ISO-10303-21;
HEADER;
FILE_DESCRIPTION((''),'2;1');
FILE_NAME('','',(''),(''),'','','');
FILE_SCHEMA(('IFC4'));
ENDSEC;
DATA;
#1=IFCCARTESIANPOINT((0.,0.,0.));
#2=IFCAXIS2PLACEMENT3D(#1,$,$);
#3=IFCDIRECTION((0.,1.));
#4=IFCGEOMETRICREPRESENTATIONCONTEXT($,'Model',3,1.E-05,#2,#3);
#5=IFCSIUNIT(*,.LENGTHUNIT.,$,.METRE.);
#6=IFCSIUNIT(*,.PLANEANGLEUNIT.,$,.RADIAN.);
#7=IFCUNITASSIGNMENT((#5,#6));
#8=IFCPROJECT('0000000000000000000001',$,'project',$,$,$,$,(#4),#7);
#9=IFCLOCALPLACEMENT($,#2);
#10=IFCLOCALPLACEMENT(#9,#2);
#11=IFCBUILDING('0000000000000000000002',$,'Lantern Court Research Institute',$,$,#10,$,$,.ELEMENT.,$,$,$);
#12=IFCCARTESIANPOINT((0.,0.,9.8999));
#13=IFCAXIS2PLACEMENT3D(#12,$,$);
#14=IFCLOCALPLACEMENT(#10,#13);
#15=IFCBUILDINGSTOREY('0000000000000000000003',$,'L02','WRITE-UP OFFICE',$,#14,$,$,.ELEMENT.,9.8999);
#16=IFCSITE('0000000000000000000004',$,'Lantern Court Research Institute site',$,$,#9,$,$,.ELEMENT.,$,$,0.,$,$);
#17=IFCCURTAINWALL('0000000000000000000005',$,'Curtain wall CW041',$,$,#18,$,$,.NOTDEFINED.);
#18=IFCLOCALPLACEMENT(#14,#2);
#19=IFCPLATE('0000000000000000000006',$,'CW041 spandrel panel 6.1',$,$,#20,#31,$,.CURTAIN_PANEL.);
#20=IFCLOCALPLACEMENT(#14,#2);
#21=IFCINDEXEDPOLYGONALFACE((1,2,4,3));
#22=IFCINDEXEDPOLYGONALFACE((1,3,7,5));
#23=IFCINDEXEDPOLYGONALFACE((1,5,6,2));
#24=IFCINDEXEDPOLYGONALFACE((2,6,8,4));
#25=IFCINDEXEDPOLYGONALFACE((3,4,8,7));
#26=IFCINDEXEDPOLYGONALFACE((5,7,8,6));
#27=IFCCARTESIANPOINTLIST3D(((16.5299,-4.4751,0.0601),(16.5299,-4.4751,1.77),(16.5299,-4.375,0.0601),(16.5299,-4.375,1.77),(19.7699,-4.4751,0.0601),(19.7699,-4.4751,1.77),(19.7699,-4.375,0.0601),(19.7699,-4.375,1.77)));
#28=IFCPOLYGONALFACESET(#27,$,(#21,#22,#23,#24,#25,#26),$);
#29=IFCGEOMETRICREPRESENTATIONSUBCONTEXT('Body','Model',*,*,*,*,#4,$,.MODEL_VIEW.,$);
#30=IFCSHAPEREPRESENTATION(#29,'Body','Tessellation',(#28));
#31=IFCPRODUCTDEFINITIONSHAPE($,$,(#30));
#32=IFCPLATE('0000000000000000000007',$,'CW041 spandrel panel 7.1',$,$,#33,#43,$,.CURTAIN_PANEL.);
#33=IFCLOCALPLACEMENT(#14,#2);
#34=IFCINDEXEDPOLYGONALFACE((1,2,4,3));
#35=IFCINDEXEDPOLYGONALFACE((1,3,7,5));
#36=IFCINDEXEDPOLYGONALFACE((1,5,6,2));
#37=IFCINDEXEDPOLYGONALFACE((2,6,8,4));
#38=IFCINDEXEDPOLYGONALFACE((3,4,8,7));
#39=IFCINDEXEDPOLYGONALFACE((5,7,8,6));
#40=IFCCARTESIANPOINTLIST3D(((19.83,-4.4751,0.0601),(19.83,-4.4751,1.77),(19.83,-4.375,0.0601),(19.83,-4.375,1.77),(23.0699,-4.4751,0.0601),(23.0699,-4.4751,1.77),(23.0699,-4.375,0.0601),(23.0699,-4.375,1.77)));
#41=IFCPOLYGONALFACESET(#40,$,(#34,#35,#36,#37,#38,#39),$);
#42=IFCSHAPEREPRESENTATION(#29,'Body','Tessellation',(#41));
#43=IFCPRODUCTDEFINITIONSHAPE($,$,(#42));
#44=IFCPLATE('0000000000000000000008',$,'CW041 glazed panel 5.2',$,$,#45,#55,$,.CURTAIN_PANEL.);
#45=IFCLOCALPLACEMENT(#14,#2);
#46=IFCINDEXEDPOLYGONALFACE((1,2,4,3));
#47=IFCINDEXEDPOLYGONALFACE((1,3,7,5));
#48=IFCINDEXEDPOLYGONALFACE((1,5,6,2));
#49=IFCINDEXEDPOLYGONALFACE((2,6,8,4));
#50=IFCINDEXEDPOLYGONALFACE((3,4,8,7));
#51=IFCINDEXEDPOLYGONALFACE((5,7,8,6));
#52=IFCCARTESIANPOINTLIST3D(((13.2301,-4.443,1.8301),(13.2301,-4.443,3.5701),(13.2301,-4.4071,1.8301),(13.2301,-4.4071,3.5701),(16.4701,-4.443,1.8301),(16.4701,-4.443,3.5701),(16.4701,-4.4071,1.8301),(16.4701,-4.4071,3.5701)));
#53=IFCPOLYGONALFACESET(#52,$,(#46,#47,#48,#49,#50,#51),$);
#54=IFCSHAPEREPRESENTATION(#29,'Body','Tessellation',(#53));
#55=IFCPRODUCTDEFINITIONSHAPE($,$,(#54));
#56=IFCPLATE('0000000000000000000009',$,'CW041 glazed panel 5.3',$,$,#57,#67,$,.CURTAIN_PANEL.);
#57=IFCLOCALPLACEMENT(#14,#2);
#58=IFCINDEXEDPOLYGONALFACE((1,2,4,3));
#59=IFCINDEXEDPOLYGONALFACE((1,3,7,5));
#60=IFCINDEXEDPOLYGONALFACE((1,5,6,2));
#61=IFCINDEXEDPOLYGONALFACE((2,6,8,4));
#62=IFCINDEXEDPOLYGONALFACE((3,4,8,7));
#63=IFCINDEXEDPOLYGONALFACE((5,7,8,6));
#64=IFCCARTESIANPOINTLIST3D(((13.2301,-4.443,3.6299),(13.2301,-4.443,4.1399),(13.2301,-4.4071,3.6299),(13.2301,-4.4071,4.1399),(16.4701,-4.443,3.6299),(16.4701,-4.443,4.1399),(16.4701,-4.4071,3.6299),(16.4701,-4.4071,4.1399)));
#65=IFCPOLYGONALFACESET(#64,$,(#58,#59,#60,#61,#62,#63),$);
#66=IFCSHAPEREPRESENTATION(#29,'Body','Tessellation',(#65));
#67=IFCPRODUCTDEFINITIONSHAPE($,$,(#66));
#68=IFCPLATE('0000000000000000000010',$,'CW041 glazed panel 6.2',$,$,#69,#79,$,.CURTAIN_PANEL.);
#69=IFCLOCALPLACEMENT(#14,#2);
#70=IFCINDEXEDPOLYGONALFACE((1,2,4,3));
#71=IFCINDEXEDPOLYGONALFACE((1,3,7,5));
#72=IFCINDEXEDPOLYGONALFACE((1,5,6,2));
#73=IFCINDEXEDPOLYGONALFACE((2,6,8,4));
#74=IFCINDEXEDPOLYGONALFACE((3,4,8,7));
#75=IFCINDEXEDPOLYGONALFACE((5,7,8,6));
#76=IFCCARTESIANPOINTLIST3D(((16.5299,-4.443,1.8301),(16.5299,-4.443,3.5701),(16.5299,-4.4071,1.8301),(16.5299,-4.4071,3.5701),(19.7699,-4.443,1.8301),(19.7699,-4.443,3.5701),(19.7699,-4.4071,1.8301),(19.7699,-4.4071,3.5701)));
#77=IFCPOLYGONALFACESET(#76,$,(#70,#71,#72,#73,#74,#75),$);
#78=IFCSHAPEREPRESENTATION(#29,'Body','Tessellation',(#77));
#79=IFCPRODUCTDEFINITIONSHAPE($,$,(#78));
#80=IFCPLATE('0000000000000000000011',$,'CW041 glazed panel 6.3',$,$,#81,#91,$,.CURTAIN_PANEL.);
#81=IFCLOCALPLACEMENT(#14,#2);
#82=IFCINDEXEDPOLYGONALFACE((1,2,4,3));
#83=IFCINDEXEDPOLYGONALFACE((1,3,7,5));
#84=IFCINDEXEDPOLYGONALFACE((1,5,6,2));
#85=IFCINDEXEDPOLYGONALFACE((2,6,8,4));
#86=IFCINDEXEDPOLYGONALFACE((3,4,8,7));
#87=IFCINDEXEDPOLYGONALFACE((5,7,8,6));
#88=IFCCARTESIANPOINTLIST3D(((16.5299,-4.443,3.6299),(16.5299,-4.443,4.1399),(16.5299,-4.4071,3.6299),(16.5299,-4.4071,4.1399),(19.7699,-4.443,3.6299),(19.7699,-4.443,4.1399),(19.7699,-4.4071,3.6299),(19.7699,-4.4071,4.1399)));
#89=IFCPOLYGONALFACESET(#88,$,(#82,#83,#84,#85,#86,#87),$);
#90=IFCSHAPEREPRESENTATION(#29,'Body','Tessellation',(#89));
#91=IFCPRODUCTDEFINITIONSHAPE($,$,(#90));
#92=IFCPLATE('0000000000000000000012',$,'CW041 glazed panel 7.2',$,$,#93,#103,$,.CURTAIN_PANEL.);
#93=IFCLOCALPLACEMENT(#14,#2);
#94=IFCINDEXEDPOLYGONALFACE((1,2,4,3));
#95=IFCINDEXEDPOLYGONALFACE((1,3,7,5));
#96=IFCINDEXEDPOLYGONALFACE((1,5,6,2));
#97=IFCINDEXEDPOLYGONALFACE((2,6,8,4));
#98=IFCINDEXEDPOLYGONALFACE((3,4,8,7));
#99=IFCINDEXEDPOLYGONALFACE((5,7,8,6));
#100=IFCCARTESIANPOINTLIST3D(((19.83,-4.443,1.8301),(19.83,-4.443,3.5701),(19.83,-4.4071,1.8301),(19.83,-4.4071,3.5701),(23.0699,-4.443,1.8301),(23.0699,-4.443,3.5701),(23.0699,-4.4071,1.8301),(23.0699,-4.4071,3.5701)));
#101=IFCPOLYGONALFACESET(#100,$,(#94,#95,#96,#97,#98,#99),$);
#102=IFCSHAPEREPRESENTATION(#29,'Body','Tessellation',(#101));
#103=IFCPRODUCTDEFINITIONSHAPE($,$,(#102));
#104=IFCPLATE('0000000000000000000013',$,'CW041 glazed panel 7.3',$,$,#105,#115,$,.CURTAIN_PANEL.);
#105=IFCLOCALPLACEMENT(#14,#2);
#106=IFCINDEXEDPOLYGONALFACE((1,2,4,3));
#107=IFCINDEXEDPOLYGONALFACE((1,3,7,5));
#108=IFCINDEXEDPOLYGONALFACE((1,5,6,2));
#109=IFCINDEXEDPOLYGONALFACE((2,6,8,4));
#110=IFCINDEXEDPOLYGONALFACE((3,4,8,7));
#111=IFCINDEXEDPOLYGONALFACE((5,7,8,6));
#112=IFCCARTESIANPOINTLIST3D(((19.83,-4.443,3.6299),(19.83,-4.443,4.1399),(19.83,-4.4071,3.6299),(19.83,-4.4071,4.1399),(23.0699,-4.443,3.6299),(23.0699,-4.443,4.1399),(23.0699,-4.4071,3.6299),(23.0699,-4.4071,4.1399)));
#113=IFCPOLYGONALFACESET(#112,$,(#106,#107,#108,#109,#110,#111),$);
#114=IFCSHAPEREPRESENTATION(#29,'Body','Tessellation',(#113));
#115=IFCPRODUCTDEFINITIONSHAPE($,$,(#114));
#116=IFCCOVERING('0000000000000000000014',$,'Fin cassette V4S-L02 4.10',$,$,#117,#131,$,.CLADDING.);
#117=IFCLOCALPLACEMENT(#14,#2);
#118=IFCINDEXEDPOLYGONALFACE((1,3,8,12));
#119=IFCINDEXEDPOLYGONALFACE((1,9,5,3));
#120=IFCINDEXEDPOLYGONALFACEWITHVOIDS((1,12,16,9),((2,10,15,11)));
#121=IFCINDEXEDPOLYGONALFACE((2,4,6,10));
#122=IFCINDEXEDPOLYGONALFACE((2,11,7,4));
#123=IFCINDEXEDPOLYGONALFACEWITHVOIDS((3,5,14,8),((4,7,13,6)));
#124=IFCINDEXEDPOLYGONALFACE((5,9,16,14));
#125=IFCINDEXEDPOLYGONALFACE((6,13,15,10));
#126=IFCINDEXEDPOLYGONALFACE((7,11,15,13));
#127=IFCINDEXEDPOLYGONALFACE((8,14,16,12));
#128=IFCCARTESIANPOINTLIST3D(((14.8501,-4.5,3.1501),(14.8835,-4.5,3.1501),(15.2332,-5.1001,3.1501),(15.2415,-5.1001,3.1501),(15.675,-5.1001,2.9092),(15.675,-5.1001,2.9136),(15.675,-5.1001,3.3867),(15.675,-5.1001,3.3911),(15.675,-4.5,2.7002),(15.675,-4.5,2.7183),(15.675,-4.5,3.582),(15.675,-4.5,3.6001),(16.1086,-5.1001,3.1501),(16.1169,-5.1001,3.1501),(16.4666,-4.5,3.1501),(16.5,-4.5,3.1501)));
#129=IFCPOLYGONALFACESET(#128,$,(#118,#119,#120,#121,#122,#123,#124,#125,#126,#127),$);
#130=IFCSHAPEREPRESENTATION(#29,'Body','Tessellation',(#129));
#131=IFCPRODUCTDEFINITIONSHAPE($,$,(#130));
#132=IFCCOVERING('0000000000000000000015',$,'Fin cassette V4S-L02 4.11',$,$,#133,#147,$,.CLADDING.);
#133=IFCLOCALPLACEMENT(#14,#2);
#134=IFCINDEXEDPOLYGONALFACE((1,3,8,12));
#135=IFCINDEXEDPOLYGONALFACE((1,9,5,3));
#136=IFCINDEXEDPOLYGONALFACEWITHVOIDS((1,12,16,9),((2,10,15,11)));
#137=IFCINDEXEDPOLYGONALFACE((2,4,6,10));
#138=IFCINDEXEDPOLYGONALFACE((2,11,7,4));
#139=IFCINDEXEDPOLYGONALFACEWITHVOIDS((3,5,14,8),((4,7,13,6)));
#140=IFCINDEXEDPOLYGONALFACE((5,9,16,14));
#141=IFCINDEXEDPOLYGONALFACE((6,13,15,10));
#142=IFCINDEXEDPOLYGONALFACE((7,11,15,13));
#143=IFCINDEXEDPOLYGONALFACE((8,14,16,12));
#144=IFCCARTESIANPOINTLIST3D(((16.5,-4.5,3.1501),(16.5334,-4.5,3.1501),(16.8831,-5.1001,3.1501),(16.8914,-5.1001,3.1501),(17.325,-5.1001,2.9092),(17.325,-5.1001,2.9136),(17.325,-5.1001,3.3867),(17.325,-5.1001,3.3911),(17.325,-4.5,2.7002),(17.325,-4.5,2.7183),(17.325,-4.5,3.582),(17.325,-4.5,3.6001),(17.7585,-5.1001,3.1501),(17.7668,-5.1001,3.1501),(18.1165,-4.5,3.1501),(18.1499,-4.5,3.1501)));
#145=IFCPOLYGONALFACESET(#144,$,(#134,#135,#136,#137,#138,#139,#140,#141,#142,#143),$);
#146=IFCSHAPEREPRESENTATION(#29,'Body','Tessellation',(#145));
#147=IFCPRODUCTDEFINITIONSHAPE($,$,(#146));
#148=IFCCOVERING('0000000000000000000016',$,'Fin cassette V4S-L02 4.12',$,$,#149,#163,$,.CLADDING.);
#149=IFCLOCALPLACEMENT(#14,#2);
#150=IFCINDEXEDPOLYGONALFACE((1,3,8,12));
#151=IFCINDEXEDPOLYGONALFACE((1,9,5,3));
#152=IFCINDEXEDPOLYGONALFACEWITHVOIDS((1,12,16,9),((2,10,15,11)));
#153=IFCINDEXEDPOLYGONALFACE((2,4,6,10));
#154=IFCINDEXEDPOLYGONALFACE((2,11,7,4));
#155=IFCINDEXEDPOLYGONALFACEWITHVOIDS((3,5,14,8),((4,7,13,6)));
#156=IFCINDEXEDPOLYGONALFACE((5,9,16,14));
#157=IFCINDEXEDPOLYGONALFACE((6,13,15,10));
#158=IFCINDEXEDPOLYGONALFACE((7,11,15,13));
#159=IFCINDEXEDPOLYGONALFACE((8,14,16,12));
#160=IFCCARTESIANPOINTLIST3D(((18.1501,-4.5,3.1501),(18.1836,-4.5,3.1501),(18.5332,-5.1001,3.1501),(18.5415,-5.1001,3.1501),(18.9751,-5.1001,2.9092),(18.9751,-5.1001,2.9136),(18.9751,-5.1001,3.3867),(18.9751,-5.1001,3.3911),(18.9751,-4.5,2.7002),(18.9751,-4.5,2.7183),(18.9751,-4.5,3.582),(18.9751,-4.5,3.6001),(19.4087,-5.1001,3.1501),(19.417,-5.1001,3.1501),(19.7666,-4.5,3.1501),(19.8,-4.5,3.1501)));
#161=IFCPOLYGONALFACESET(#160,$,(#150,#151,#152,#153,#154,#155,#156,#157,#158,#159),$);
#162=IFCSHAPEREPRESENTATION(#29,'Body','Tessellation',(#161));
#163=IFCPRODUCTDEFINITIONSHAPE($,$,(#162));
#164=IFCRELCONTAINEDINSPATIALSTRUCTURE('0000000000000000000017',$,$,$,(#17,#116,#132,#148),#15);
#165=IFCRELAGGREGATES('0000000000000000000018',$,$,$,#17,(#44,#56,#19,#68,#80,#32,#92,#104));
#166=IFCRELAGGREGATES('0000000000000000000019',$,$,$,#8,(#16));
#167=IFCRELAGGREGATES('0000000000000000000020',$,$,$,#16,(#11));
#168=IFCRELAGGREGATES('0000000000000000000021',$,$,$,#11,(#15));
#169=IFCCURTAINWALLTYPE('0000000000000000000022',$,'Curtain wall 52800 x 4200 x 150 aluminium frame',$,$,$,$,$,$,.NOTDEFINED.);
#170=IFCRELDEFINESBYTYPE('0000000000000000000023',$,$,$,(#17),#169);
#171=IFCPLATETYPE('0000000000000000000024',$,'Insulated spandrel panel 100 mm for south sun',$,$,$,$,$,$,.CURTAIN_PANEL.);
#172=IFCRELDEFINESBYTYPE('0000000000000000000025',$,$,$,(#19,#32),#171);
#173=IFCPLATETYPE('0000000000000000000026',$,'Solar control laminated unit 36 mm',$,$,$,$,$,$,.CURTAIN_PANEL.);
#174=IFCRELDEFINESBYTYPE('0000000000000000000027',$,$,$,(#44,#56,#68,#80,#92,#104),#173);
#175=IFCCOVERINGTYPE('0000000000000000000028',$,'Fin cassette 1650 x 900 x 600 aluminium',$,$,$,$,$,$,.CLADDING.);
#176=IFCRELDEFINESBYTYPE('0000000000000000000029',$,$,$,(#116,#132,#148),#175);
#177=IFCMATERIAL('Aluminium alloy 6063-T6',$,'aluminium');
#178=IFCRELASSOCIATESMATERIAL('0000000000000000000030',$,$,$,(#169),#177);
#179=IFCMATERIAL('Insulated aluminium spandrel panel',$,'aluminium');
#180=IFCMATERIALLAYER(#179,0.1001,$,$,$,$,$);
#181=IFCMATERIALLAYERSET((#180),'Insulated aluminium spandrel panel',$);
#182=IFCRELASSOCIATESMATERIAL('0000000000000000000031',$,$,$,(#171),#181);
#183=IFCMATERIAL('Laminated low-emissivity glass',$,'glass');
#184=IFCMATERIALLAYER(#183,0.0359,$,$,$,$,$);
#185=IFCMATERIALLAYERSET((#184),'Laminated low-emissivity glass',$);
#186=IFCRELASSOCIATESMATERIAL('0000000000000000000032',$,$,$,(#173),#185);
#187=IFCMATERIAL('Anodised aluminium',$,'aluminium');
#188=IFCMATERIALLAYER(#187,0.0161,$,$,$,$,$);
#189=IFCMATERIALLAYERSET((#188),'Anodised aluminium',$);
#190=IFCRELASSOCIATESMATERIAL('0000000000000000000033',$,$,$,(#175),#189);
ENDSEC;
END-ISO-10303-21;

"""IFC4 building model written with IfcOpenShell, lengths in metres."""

from ifc_helpers import new_model, entity, si_unit, direction, frame, origin, origin_2d, place, context, subcontext, project, spatial, rectangle, extrude, material, layer, layer_set, type_object, element, aggregate, save


model = new_model("IFC4")

# Units and contexts
model_context = context("Model", 3, precision=1e-05, world=origin(), true_north=direction((0.0, 1.0)))
body_context = subcontext(model_context, "Body", "Model", "MODEL_VIEW")
ifc_project = project(units=[si_unit("LENGTHUNIT", "METRE"), si_unit("PLANEANGLEUNIT", "RADIAN")], contexts=[model_context])

# Site, building, storey
site_placement = place(None, origin())
site = spatial("IfcSite", under=ifc_project, at=site_placement, Name="Lantern Court Research Institute site", CompositionType="ELEMENT", RefElevation=0.0)
building_placement = place(site_placement, origin())
building = spatial("IfcBuilding", under=site, at=building_placement, Name="Lantern Court Research Institute", CompositionType="ELEMENT")
storey_placement = place(building_placement, frame((0.0, 0.0, 9.8999)))
storey = spatial("IfcBuildingStorey", under=building, at=storey_placement, Name="L02", Description="WRITE-UP OFFICE", CompositionType="ELEMENT", Elevation=9.8999)

# Curtain wall, plates
ifc_material_1 = material(Name="Aluminium alloy 6063-T6", Category="aluminium")
curtain_wall_type = type_object("IfcCurtainWallType", Name="Curtain wall 52800 x 4200 x 150 aluminium frame", PredefinedType="NOTDEFINED", material=ifc_material_1)
curtain_wall_placement = place(storey_placement, origin())
curtain_wall = element("IfcCurtainWall", 1, at=curtain_wall_placement, inside=storey, type_object=curtain_wall_type, Name="Curtain wall CW041", PredefinedType="NOTDEFINED")
ifc_material_2 = material(Name="Insulated aluminium spandrel panel", Category="aluminium")
ifc_layer_1 = layer(ifc_material_2, 0.1001)
ifc_layer_set_1 = layer_set([ifc_layer_1], Name="Insulated aluminium spandrel panel")
plate_type_1 = type_object("IfcPlateType", Name="Insulated spandrel panel 100 mm for south sun", PredefinedType="CURTAIN_PANEL", material=ifc_layer_set_1)
plate_1_placement = place(storey_placement, frame((18.1499, -4.425, 0.0601), z_axis=(0.0, 0.0, 1.0), x_axis=(-1.0, 0.0, 0.0)))
plate_1 = element("IfcPlate", 2, at=plate_1_placement, type_object=plate_type_1, Name="CW041 spandrel panel 6.1", PredefinedType="CURTAIN_PANEL", context=body_context, shape_type="SweptSolid", body=[
    extrude(rectangle(XDim=3.24, YDim=0.1001, at=origin_2d()), origin(), (0.0, 0.0, 1.0), 1.71),
])
plate_2_placement = place(storey_placement, frame((21.45, -4.425, 0.0601), z_axis=(0.0, 0.0, 1.0), x_axis=(-1.0, 0.0, 0.0)))
plate_2 = element("IfcPlate", 3, at=plate_2_placement, type_object=plate_type_1, Name="CW041 spandrel panel 7.1", PredefinedType="CURTAIN_PANEL", context=body_context, shape_type="SweptSolid", body=[
    extrude(rectangle(XDim=3.24, YDim=0.1001, at=origin_2d()), origin(), (0.0, 0.0, 1.0), 1.71),
])
ifc_material_3 = material(Name="Laminated low-emissivity glass", Category="glass")
ifc_layer_2 = layer(ifc_material_3, 0.0359)
ifc_layer_set_2 = layer_set([ifc_layer_2], Name="Laminated low-emissivity glass")
plate_type_2 = type_object("IfcPlateType", Name="Solar control laminated unit 36 mm", PredefinedType="CURTAIN_PANEL", material=ifc_layer_set_2)
plate_3_placement = place(storey_placement, frame((14.8501, -4.425, 1.8301), z_axis=(0.0, 0.0, 1.0), x_axis=(-1.0, 0.0, 0.0)))
plate_3 = element("IfcPlate", 4, at=plate_3_placement, type_object=plate_type_2, Name="CW041 glazed panel 5.2", PredefinedType="CURTAIN_PANEL", context=body_context, shape_type="SweptSolid", body=[
    extrude(rectangle(XDim=3.24, YDim=0.0359, at=origin_2d()), origin(), (0.0, 0.0, 1.0), 1.74),
])
plate_4_placement = place(storey_placement, frame((14.8501, -4.425, 3.6299), z_axis=(0.0, 0.0, 1.0), x_axis=(-1.0, 0.0, 0.0)))
plate_4 = element("IfcPlate", 5, at=plate_4_placement, type_object=plate_type_2, Name="CW041 glazed panel 5.3", PredefinedType="CURTAIN_PANEL", context=body_context, shape_type="SweptSolid", body=[
    extrude(rectangle(XDim=3.24, YDim=0.0359, at=origin_2d()), origin(), (0.0, 0.0, 1.0), 0.51),
])
plate_5_placement = place(storey_placement, frame((18.1499, -4.425, 1.8301), z_axis=(0.0, 0.0, 1.0), x_axis=(-1.0, 0.0, 0.0)))
plate_5 = element("IfcPlate", 6, at=plate_5_placement, type_object=plate_type_2, Name="CW041 glazed panel 6.2", PredefinedType="CURTAIN_PANEL", context=body_context, shape_type="SweptSolid", body=[
    extrude(rectangle(XDim=3.24, YDim=0.0359, at=origin_2d()), origin(), (0.0, 0.0, 1.0), 1.74),
])
plate_6_placement = place(storey_placement, frame((18.1499, -4.425, 3.6299), z_axis=(0.0, 0.0, 1.0), x_axis=(-1.0, 0.0, 0.0)))
plate_6 = element("IfcPlate", 7, at=plate_6_placement, type_object=plate_type_2, Name="CW041 glazed panel 6.3", PredefinedType="CURTAIN_PANEL", context=body_context, shape_type="SweptSolid", body=[
    extrude(rectangle(XDim=3.24, YDim=0.0359, at=origin_2d()), origin(), (0.0, 0.0, 1.0), 0.51),
])
plate_7_placement = place(storey_placement, frame((21.45, -4.425, 1.8301), z_axis=(0.0, 0.0, 1.0), x_axis=(-1.0, 0.0, 0.0)))
plate_7 = element("IfcPlate", 8, at=plate_7_placement, type_object=plate_type_2, Name="CW041 glazed panel 7.2", PredefinedType="CURTAIN_PANEL", context=body_context, shape_type="SweptSolid", body=[
    extrude(rectangle(XDim=3.24, YDim=0.0359, at=origin_2d()), origin(), (0.0, 0.0, 1.0), 1.74),
])
plate_8_placement = place(storey_placement, frame((21.45, -4.425, 3.6299), z_axis=(0.0, 0.0, 1.0), x_axis=(-1.0, 0.0, 0.0)))
plate_8 = element("IfcPlate", 9, at=plate_8_placement, type_object=plate_type_2, Name="CW041 glazed panel 7.3", PredefinedType="CURTAIN_PANEL", context=body_context, shape_type="SweptSolid", body=[
    extrude(rectangle(XDim=3.24, YDim=0.0359, at=origin_2d()), origin(), (0.0, 0.0, 1.0), 0.51),
])
aggregate(curtain_wall, [plate_3, plate_4, plate_1, plate_5, plate_6, plate_2, plate_7, plate_8])

# Coverings
ifc_material_4 = material(Name="Anodised aluminium", Category="aluminium")
ifc_layer_3 = layer(ifc_material_4, 0.0161)
ifc_layer_set_3 = layer_set([ifc_layer_3], Name="Anodised aluminium")
covering_type = type_object("IfcCoveringType", Name="Fin cassette 1650 x 900 x 600 aluminium", PredefinedType="CLADDING", material=ifc_layer_set_3)
covering_1_placement = place(storey_placement, frame((15.675, -4.5, 3.1501), z_axis=(0.0, -1.0, 0.0), x_axis=(1.0, 0.0, 0.0)))
cartesian_point_1 = entity("IfcCartesianPoint", [0.825, 0.0])
cartesian_point_2 = entity("IfcCartesianPoint", [0.7915, 0.0])
cartesian_point_3 = entity("IfcCartesianPoint", [0.4419, 0.0])
cartesian_point_4 = entity("IfcCartesianPoint", [0.4336, 0.0])
element("IfcCovering", 10, at=covering_1_placement, inside=storey, type_object=covering_type, Name="Fin cassette V4S-L02 4.10", PredefinedType="CLADDING", context=body_context, shape_type="SweptSolid", body=[
    entity("IfcExtrudedAreaSolidTapered", entity("IfcArbitraryProfileDefWithVoids", "AREA", None, entity("IfcPolyline", [cartesian_point_1, entity("IfcCartesianPoint", [0.0, 0.45]), entity("IfcCartesianPoint", [-0.825, 0.0]), entity("IfcCartesianPoint", [0.0, -0.45]), cartesian_point_1]), [entity("IfcPolyline", [cartesian_point_2, entity("IfcCartesianPoint", [0.0, 0.4319]), entity("IfcCartesianPoint", [-0.7915, 0.0]), entity("IfcCartesianPoint", [0.0, -0.4319]), cartesian_point_2])]), entity("IfcAxis2Placement3D", entity("IfcCartesianPoint", [0.0, 0.0, 0.0])), entity("IfcDirection", [0.0, 0.0, 1.0]), 0.6001, entity("IfcArbitraryProfileDefWithVoids", "AREA", None, entity("IfcPolyline", [cartesian_point_3, entity("IfcCartesianPoint", [0.0, 0.241]), entity("IfcCartesianPoint", [-0.4419, 0.0]), entity("IfcCartesianPoint", [0.0, -0.241]), cartesian_point_3]), [entity("IfcPolyline", [cartesian_point_4, entity("IfcCartesianPoint", [0.0, 0.2366]), entity("IfcCartesianPoint", [-0.4336, 0.0]), entity("IfcCartesianPoint", [0.0, -0.2366]), cartesian_point_4])])),
])
covering_2_placement = place(storey_placement, frame((17.325, -4.5, 3.1501), z_axis=(0.0, -1.0, 0.0), x_axis=(1.0, 0.0, 0.0)))
cartesian_point_5 = entity("IfcCartesianPoint", [0.825, 0.0])
cartesian_point_6 = entity("IfcCartesianPoint", [0.7915, 0.0])
cartesian_point_7 = entity("IfcCartesianPoint", [0.4419, 0.0])
cartesian_point_8 = entity("IfcCartesianPoint", [0.4336, 0.0])
element("IfcCovering", 11, at=covering_2_placement, inside=storey, type_object=covering_type, Name="Fin cassette V4S-L02 4.11", PredefinedType="CLADDING", context=body_context, shape_type="SweptSolid", body=[
    entity("IfcExtrudedAreaSolidTapered", entity("IfcArbitraryProfileDefWithVoids", "AREA", None, entity("IfcPolyline", [cartesian_point_5, entity("IfcCartesianPoint", [0.0, 0.45]), entity("IfcCartesianPoint", [-0.825, 0.0]), entity("IfcCartesianPoint", [0.0, -0.45]), cartesian_point_5]), [entity("IfcPolyline", [cartesian_point_6, entity("IfcCartesianPoint", [0.0, 0.4319]), entity("IfcCartesianPoint", [-0.7915, 0.0]), entity("IfcCartesianPoint", [0.0, -0.4319]), cartesian_point_6])]), entity("IfcAxis2Placement3D", entity("IfcCartesianPoint", [0.0, 0.0, 0.0])), entity("IfcDirection", [0.0, 0.0, 1.0]), 0.6001, entity("IfcArbitraryProfileDefWithVoids", "AREA", None, entity("IfcPolyline", [cartesian_point_7, entity("IfcCartesianPoint", [0.0, 0.241]), entity("IfcCartesianPoint", [-0.4419, 0.0]), entity("IfcCartesianPoint", [0.0, -0.241]), cartesian_point_7]), [entity("IfcPolyline", [cartesian_point_8, entity("IfcCartesianPoint", [0.0, 0.2366]), entity("IfcCartesianPoint", [-0.4336, 0.0]), entity("IfcCartesianPoint", [0.0, -0.2366]), cartesian_point_8])])),
])
covering_3_placement = place(storey_placement, frame((18.9751, -4.5, 3.1501), z_axis=(0.0, -1.0, 0.0), x_axis=(1.0, 0.0, 0.0)))
cartesian_point_9 = entity("IfcCartesianPoint", [0.825, 0.0])
cartesian_point_10 = entity("IfcCartesianPoint", [0.7915, 0.0])
cartesian_point_11 = entity("IfcCartesianPoint", [0.4419, 0.0])
cartesian_point_12 = entity("IfcCartesianPoint", [0.4336, 0.0])
element("IfcCovering", 12, at=covering_3_placement, inside=storey, type_object=covering_type, Name="Fin cassette V4S-L02 4.12", PredefinedType="CLADDING", context=body_context, shape_type="SweptSolid", body=[
    entity("IfcExtrudedAreaSolidTapered", entity("IfcArbitraryProfileDefWithVoids", "AREA", None, entity("IfcPolyline", [cartesian_point_9, entity("IfcCartesianPoint", [0.0, 0.45]), entity("IfcCartesianPoint", [-0.825, 0.0]), entity("IfcCartesianPoint", [0.0, -0.45]), cartesian_point_9]), [entity("IfcPolyline", [cartesian_point_10, entity("IfcCartesianPoint", [0.0, 0.4319]), entity("IfcCartesianPoint", [-0.7915, 0.0]), entity("IfcCartesianPoint", [0.0, -0.4319]), cartesian_point_10])]), entity("IfcAxis2Placement3D", entity("IfcCartesianPoint", [0.0, 0.0, 0.0])), entity("IfcDirection", [0.0, 0.0, 1.0]), 0.6001, entity("IfcArbitraryProfileDefWithVoids", "AREA", None, entity("IfcPolyline", [cartesian_point_11, entity("IfcCartesianPoint", [0.0, 0.241]), entity("IfcCartesianPoint", [-0.4419, 0.0]), entity("IfcCartesianPoint", [0.0, -0.241]), cartesian_point_11]), [entity("IfcPolyline", [cartesian_point_12, entity("IfcCartesianPoint", [0.0, 0.2366]), entity("IfcCartesianPoint", [-0.4336, 0.0]), entity("IfcCartesianPoint", [0.0, -0.2366]), cartesian_point_12])])),
])

save(model, "model.ifc")
